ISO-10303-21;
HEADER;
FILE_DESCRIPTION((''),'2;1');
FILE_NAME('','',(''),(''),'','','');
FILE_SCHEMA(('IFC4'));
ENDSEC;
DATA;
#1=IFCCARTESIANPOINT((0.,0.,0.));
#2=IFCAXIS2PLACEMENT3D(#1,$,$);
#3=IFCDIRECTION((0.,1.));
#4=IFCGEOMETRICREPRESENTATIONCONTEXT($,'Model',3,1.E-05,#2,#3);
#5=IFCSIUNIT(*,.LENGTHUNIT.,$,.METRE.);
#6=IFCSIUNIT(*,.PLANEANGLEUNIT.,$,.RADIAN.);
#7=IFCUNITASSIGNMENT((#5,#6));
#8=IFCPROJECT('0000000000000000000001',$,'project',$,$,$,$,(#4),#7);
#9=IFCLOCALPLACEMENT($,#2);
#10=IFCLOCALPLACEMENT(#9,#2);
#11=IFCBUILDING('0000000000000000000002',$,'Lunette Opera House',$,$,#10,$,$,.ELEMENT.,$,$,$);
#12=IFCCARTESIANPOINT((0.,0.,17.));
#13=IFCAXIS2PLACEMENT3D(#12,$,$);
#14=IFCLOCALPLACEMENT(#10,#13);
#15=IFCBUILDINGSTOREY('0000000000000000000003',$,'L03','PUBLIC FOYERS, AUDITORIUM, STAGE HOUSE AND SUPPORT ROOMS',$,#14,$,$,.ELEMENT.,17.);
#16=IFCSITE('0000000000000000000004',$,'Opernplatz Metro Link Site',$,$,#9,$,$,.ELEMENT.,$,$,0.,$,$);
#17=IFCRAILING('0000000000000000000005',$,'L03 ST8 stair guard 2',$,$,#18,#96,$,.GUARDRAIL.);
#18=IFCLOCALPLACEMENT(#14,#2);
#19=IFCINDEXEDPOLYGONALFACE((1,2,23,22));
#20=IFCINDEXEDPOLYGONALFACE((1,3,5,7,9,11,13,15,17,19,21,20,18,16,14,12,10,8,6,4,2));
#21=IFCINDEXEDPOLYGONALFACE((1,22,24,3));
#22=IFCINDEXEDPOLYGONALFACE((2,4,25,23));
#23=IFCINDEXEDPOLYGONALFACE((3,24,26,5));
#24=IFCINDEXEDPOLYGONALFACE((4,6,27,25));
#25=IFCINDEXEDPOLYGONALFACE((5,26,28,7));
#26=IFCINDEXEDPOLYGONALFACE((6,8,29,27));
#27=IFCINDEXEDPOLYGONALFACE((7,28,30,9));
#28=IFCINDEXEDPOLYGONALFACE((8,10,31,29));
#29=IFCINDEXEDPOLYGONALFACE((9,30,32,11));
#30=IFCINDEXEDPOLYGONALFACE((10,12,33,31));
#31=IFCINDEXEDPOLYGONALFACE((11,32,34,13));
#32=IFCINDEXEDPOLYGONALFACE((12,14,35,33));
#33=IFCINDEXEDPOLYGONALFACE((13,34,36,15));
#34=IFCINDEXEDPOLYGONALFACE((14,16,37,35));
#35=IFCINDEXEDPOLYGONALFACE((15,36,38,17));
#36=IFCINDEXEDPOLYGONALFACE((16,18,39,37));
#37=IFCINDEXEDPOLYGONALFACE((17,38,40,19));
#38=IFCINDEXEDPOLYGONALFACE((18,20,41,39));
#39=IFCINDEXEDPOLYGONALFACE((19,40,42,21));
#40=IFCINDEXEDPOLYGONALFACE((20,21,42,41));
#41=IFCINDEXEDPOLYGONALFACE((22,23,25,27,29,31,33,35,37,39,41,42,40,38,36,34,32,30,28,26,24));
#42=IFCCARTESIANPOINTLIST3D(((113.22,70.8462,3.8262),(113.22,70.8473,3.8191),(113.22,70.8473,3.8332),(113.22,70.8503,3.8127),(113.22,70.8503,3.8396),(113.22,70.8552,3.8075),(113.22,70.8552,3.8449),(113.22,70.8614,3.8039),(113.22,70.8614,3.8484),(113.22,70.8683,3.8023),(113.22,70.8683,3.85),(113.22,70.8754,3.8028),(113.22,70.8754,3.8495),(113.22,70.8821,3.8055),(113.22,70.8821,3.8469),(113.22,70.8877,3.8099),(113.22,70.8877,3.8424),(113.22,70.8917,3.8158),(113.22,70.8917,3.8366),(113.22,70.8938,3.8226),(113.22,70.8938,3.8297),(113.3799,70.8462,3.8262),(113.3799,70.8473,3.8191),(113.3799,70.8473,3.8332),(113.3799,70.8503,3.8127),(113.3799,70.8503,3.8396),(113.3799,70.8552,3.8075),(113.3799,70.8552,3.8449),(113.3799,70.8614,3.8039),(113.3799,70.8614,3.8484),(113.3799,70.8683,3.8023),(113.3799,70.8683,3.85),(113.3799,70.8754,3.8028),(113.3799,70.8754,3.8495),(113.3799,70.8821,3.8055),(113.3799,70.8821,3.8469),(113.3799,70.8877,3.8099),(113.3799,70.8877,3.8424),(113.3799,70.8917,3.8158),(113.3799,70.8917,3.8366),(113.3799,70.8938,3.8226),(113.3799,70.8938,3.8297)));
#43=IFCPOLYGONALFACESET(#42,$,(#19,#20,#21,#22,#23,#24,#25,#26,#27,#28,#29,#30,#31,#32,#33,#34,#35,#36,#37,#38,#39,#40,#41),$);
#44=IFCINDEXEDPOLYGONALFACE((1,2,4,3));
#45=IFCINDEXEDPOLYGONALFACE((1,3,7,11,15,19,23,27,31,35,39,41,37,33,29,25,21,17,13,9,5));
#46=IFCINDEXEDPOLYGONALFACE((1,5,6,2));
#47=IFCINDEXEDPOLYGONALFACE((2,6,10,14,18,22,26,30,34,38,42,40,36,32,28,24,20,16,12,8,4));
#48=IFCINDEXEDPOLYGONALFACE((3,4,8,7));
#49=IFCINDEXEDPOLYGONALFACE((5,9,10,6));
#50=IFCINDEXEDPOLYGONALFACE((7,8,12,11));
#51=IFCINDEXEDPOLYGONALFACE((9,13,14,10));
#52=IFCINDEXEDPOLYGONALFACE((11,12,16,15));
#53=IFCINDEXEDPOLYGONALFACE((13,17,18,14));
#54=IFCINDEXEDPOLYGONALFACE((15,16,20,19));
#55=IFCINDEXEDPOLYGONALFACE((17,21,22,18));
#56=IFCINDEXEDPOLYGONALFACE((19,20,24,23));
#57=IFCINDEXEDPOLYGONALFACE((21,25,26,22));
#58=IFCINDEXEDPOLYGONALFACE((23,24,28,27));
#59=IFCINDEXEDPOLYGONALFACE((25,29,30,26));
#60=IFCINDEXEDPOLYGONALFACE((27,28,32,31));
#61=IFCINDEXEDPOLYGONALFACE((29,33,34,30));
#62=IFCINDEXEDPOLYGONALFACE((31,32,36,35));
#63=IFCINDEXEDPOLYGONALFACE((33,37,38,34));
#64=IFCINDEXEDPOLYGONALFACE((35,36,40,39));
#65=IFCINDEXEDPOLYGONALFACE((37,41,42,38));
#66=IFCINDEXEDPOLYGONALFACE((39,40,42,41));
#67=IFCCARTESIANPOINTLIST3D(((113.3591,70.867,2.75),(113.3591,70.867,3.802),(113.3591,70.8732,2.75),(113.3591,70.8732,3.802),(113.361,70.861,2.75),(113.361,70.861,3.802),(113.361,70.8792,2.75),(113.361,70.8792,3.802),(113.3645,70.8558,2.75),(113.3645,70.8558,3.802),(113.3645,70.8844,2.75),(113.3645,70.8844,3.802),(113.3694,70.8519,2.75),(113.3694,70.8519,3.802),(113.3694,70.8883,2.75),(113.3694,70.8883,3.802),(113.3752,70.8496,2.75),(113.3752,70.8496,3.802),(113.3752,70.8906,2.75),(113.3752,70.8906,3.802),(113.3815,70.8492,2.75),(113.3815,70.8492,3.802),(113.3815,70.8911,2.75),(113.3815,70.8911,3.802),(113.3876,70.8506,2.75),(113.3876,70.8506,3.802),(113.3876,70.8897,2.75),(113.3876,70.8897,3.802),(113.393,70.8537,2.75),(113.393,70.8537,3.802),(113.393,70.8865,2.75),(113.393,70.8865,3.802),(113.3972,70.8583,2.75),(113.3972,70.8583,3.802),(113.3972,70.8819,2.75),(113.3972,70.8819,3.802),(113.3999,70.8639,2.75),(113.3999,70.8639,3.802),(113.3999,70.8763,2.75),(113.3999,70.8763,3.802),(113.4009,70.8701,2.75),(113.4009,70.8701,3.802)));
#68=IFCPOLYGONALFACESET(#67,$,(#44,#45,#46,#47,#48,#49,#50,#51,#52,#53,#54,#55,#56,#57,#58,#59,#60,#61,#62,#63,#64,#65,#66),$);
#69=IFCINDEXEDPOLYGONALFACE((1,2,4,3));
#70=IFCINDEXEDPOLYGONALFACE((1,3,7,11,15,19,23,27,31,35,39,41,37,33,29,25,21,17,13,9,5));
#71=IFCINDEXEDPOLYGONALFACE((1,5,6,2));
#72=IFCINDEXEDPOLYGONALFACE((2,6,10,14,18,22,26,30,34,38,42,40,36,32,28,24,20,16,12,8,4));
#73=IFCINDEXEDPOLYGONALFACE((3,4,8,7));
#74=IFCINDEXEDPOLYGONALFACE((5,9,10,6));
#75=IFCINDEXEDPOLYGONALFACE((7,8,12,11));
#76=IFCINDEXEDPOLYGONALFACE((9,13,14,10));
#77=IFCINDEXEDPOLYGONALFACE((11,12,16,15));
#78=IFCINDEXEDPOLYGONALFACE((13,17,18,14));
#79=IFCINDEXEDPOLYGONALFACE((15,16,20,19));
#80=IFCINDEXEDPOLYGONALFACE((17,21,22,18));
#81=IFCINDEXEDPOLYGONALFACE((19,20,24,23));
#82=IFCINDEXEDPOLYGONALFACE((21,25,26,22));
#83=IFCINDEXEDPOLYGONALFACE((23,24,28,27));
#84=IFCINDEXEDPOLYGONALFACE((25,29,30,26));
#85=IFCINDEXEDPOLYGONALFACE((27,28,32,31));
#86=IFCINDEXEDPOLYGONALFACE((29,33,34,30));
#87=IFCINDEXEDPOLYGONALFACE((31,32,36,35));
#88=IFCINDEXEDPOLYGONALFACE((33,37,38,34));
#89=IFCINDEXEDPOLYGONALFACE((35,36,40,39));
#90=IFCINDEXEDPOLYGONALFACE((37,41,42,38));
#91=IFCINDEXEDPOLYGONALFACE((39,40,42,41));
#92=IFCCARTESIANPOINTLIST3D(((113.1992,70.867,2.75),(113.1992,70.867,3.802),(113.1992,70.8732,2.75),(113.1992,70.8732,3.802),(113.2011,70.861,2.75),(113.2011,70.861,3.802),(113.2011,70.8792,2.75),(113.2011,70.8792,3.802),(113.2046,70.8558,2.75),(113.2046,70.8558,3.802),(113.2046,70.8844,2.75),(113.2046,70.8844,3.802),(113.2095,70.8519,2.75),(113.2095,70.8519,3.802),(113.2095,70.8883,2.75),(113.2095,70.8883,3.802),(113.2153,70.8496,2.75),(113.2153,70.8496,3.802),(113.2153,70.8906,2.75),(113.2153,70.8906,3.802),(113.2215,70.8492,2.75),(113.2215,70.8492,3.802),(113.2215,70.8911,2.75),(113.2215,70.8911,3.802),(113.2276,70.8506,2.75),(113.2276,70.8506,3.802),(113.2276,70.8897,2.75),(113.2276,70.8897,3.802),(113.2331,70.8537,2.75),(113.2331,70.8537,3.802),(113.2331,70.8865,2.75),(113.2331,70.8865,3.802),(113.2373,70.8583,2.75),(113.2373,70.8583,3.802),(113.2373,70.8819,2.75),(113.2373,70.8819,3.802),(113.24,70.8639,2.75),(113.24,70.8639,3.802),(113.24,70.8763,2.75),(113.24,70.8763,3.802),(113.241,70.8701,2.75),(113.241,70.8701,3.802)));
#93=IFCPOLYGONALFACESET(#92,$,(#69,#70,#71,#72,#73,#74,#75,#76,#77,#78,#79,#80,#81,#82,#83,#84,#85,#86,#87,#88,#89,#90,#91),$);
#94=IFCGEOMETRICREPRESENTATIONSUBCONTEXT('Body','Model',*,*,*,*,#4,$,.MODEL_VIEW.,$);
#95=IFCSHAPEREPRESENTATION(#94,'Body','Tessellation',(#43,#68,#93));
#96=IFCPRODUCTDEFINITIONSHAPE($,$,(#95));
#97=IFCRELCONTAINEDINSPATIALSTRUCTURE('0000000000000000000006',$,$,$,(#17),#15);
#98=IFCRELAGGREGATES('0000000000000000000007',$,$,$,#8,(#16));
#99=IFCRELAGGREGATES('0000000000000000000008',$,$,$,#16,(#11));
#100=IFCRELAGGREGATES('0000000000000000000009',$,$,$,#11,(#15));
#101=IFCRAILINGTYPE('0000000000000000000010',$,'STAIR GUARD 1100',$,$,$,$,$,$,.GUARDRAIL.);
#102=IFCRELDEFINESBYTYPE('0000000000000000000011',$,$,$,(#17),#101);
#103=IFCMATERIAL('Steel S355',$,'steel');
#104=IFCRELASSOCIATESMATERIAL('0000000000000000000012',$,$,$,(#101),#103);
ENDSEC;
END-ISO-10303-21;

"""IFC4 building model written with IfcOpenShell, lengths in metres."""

from ifc_helpers import new_model, si_unit, direction, frame, origin, origin_2d, place, context, subcontext, project, spatial, circle, extrude, material, type_object, element, save


model = new_model("IFC4")

# Units and contexts
model_context = context("Model", 3, precision=1e-05, world=origin(), true_north=direction((0.0, 1.0)))
body_context = subcontext(model_context, "Body", "Model", "MODEL_VIEW")
ifc_project = project(units=[si_unit("LENGTHUNIT", "METRE"), si_unit("PLANEANGLEUNIT", "RADIAN")], contexts=[model_context])

# Site, building, storey
site_placement = place(None, origin())
site = spatial("IfcSite", under=ifc_project, at=site_placement, Name="Opernplatz Metro Link Site", CompositionType="ELEMENT", RefElevation=0.0)
building_placement = place(site_placement, origin())
building = spatial("IfcBuilding", under=site, at=building_placement, Name="Lunette Opera House", CompositionType="ELEMENT")
storey_placement = place(building_placement, frame((0.0, 0.0, 17.0)))
storey = spatial("IfcBuildingStorey", under=building, at=storey_placement, Name="L03", Description="PUBLIC FOYERS, AUDITORIUM, STAGE HOUSE AND SUPPORT ROOMS", CompositionType="ELEMENT", Elevation=17.0)

# Railing
ifc_material_1 = material(Name="Steel S355", Category="steel")
railing_type_1 = type_object("IfcRailingType", Name="STAIR GUARD 1100", PredefinedType="GUARDRAIL", material=ifc_material_1)
railing_1_placement = place(storey_placement, frame((113.3799, 70.8701, 2.75)))
element("IfcRailing", 1, at=railing_1_placement, inside=storey, type_object=railing_type_1, Name="L03 ST8 stair guard 2", PredefinedType="GUARDRAIL", context=body_context, shape_type="SweptSolid", body=[
    extrude(circle(Radius=0.0239, at=origin_2d()), frame((0.0, 0.0, 1.0762), z_axis=(-1.0, 0.0, 0.0), x_axis=(0.0, -1.0, 0.0)), (0.0, 0.0, 1.0), 0.1599),
    extrude(circle(Radius=0.021, at=origin_2d()), origin(), (0.0, 0.0, 1.0), 1.052),
    extrude(circle(Radius=0.021, at=origin_2d()), frame((-0.1599, 0.0, 0.0)), (0.0, 0.0, 1.0), 1.052),
])

save(model, "model.ifc")
